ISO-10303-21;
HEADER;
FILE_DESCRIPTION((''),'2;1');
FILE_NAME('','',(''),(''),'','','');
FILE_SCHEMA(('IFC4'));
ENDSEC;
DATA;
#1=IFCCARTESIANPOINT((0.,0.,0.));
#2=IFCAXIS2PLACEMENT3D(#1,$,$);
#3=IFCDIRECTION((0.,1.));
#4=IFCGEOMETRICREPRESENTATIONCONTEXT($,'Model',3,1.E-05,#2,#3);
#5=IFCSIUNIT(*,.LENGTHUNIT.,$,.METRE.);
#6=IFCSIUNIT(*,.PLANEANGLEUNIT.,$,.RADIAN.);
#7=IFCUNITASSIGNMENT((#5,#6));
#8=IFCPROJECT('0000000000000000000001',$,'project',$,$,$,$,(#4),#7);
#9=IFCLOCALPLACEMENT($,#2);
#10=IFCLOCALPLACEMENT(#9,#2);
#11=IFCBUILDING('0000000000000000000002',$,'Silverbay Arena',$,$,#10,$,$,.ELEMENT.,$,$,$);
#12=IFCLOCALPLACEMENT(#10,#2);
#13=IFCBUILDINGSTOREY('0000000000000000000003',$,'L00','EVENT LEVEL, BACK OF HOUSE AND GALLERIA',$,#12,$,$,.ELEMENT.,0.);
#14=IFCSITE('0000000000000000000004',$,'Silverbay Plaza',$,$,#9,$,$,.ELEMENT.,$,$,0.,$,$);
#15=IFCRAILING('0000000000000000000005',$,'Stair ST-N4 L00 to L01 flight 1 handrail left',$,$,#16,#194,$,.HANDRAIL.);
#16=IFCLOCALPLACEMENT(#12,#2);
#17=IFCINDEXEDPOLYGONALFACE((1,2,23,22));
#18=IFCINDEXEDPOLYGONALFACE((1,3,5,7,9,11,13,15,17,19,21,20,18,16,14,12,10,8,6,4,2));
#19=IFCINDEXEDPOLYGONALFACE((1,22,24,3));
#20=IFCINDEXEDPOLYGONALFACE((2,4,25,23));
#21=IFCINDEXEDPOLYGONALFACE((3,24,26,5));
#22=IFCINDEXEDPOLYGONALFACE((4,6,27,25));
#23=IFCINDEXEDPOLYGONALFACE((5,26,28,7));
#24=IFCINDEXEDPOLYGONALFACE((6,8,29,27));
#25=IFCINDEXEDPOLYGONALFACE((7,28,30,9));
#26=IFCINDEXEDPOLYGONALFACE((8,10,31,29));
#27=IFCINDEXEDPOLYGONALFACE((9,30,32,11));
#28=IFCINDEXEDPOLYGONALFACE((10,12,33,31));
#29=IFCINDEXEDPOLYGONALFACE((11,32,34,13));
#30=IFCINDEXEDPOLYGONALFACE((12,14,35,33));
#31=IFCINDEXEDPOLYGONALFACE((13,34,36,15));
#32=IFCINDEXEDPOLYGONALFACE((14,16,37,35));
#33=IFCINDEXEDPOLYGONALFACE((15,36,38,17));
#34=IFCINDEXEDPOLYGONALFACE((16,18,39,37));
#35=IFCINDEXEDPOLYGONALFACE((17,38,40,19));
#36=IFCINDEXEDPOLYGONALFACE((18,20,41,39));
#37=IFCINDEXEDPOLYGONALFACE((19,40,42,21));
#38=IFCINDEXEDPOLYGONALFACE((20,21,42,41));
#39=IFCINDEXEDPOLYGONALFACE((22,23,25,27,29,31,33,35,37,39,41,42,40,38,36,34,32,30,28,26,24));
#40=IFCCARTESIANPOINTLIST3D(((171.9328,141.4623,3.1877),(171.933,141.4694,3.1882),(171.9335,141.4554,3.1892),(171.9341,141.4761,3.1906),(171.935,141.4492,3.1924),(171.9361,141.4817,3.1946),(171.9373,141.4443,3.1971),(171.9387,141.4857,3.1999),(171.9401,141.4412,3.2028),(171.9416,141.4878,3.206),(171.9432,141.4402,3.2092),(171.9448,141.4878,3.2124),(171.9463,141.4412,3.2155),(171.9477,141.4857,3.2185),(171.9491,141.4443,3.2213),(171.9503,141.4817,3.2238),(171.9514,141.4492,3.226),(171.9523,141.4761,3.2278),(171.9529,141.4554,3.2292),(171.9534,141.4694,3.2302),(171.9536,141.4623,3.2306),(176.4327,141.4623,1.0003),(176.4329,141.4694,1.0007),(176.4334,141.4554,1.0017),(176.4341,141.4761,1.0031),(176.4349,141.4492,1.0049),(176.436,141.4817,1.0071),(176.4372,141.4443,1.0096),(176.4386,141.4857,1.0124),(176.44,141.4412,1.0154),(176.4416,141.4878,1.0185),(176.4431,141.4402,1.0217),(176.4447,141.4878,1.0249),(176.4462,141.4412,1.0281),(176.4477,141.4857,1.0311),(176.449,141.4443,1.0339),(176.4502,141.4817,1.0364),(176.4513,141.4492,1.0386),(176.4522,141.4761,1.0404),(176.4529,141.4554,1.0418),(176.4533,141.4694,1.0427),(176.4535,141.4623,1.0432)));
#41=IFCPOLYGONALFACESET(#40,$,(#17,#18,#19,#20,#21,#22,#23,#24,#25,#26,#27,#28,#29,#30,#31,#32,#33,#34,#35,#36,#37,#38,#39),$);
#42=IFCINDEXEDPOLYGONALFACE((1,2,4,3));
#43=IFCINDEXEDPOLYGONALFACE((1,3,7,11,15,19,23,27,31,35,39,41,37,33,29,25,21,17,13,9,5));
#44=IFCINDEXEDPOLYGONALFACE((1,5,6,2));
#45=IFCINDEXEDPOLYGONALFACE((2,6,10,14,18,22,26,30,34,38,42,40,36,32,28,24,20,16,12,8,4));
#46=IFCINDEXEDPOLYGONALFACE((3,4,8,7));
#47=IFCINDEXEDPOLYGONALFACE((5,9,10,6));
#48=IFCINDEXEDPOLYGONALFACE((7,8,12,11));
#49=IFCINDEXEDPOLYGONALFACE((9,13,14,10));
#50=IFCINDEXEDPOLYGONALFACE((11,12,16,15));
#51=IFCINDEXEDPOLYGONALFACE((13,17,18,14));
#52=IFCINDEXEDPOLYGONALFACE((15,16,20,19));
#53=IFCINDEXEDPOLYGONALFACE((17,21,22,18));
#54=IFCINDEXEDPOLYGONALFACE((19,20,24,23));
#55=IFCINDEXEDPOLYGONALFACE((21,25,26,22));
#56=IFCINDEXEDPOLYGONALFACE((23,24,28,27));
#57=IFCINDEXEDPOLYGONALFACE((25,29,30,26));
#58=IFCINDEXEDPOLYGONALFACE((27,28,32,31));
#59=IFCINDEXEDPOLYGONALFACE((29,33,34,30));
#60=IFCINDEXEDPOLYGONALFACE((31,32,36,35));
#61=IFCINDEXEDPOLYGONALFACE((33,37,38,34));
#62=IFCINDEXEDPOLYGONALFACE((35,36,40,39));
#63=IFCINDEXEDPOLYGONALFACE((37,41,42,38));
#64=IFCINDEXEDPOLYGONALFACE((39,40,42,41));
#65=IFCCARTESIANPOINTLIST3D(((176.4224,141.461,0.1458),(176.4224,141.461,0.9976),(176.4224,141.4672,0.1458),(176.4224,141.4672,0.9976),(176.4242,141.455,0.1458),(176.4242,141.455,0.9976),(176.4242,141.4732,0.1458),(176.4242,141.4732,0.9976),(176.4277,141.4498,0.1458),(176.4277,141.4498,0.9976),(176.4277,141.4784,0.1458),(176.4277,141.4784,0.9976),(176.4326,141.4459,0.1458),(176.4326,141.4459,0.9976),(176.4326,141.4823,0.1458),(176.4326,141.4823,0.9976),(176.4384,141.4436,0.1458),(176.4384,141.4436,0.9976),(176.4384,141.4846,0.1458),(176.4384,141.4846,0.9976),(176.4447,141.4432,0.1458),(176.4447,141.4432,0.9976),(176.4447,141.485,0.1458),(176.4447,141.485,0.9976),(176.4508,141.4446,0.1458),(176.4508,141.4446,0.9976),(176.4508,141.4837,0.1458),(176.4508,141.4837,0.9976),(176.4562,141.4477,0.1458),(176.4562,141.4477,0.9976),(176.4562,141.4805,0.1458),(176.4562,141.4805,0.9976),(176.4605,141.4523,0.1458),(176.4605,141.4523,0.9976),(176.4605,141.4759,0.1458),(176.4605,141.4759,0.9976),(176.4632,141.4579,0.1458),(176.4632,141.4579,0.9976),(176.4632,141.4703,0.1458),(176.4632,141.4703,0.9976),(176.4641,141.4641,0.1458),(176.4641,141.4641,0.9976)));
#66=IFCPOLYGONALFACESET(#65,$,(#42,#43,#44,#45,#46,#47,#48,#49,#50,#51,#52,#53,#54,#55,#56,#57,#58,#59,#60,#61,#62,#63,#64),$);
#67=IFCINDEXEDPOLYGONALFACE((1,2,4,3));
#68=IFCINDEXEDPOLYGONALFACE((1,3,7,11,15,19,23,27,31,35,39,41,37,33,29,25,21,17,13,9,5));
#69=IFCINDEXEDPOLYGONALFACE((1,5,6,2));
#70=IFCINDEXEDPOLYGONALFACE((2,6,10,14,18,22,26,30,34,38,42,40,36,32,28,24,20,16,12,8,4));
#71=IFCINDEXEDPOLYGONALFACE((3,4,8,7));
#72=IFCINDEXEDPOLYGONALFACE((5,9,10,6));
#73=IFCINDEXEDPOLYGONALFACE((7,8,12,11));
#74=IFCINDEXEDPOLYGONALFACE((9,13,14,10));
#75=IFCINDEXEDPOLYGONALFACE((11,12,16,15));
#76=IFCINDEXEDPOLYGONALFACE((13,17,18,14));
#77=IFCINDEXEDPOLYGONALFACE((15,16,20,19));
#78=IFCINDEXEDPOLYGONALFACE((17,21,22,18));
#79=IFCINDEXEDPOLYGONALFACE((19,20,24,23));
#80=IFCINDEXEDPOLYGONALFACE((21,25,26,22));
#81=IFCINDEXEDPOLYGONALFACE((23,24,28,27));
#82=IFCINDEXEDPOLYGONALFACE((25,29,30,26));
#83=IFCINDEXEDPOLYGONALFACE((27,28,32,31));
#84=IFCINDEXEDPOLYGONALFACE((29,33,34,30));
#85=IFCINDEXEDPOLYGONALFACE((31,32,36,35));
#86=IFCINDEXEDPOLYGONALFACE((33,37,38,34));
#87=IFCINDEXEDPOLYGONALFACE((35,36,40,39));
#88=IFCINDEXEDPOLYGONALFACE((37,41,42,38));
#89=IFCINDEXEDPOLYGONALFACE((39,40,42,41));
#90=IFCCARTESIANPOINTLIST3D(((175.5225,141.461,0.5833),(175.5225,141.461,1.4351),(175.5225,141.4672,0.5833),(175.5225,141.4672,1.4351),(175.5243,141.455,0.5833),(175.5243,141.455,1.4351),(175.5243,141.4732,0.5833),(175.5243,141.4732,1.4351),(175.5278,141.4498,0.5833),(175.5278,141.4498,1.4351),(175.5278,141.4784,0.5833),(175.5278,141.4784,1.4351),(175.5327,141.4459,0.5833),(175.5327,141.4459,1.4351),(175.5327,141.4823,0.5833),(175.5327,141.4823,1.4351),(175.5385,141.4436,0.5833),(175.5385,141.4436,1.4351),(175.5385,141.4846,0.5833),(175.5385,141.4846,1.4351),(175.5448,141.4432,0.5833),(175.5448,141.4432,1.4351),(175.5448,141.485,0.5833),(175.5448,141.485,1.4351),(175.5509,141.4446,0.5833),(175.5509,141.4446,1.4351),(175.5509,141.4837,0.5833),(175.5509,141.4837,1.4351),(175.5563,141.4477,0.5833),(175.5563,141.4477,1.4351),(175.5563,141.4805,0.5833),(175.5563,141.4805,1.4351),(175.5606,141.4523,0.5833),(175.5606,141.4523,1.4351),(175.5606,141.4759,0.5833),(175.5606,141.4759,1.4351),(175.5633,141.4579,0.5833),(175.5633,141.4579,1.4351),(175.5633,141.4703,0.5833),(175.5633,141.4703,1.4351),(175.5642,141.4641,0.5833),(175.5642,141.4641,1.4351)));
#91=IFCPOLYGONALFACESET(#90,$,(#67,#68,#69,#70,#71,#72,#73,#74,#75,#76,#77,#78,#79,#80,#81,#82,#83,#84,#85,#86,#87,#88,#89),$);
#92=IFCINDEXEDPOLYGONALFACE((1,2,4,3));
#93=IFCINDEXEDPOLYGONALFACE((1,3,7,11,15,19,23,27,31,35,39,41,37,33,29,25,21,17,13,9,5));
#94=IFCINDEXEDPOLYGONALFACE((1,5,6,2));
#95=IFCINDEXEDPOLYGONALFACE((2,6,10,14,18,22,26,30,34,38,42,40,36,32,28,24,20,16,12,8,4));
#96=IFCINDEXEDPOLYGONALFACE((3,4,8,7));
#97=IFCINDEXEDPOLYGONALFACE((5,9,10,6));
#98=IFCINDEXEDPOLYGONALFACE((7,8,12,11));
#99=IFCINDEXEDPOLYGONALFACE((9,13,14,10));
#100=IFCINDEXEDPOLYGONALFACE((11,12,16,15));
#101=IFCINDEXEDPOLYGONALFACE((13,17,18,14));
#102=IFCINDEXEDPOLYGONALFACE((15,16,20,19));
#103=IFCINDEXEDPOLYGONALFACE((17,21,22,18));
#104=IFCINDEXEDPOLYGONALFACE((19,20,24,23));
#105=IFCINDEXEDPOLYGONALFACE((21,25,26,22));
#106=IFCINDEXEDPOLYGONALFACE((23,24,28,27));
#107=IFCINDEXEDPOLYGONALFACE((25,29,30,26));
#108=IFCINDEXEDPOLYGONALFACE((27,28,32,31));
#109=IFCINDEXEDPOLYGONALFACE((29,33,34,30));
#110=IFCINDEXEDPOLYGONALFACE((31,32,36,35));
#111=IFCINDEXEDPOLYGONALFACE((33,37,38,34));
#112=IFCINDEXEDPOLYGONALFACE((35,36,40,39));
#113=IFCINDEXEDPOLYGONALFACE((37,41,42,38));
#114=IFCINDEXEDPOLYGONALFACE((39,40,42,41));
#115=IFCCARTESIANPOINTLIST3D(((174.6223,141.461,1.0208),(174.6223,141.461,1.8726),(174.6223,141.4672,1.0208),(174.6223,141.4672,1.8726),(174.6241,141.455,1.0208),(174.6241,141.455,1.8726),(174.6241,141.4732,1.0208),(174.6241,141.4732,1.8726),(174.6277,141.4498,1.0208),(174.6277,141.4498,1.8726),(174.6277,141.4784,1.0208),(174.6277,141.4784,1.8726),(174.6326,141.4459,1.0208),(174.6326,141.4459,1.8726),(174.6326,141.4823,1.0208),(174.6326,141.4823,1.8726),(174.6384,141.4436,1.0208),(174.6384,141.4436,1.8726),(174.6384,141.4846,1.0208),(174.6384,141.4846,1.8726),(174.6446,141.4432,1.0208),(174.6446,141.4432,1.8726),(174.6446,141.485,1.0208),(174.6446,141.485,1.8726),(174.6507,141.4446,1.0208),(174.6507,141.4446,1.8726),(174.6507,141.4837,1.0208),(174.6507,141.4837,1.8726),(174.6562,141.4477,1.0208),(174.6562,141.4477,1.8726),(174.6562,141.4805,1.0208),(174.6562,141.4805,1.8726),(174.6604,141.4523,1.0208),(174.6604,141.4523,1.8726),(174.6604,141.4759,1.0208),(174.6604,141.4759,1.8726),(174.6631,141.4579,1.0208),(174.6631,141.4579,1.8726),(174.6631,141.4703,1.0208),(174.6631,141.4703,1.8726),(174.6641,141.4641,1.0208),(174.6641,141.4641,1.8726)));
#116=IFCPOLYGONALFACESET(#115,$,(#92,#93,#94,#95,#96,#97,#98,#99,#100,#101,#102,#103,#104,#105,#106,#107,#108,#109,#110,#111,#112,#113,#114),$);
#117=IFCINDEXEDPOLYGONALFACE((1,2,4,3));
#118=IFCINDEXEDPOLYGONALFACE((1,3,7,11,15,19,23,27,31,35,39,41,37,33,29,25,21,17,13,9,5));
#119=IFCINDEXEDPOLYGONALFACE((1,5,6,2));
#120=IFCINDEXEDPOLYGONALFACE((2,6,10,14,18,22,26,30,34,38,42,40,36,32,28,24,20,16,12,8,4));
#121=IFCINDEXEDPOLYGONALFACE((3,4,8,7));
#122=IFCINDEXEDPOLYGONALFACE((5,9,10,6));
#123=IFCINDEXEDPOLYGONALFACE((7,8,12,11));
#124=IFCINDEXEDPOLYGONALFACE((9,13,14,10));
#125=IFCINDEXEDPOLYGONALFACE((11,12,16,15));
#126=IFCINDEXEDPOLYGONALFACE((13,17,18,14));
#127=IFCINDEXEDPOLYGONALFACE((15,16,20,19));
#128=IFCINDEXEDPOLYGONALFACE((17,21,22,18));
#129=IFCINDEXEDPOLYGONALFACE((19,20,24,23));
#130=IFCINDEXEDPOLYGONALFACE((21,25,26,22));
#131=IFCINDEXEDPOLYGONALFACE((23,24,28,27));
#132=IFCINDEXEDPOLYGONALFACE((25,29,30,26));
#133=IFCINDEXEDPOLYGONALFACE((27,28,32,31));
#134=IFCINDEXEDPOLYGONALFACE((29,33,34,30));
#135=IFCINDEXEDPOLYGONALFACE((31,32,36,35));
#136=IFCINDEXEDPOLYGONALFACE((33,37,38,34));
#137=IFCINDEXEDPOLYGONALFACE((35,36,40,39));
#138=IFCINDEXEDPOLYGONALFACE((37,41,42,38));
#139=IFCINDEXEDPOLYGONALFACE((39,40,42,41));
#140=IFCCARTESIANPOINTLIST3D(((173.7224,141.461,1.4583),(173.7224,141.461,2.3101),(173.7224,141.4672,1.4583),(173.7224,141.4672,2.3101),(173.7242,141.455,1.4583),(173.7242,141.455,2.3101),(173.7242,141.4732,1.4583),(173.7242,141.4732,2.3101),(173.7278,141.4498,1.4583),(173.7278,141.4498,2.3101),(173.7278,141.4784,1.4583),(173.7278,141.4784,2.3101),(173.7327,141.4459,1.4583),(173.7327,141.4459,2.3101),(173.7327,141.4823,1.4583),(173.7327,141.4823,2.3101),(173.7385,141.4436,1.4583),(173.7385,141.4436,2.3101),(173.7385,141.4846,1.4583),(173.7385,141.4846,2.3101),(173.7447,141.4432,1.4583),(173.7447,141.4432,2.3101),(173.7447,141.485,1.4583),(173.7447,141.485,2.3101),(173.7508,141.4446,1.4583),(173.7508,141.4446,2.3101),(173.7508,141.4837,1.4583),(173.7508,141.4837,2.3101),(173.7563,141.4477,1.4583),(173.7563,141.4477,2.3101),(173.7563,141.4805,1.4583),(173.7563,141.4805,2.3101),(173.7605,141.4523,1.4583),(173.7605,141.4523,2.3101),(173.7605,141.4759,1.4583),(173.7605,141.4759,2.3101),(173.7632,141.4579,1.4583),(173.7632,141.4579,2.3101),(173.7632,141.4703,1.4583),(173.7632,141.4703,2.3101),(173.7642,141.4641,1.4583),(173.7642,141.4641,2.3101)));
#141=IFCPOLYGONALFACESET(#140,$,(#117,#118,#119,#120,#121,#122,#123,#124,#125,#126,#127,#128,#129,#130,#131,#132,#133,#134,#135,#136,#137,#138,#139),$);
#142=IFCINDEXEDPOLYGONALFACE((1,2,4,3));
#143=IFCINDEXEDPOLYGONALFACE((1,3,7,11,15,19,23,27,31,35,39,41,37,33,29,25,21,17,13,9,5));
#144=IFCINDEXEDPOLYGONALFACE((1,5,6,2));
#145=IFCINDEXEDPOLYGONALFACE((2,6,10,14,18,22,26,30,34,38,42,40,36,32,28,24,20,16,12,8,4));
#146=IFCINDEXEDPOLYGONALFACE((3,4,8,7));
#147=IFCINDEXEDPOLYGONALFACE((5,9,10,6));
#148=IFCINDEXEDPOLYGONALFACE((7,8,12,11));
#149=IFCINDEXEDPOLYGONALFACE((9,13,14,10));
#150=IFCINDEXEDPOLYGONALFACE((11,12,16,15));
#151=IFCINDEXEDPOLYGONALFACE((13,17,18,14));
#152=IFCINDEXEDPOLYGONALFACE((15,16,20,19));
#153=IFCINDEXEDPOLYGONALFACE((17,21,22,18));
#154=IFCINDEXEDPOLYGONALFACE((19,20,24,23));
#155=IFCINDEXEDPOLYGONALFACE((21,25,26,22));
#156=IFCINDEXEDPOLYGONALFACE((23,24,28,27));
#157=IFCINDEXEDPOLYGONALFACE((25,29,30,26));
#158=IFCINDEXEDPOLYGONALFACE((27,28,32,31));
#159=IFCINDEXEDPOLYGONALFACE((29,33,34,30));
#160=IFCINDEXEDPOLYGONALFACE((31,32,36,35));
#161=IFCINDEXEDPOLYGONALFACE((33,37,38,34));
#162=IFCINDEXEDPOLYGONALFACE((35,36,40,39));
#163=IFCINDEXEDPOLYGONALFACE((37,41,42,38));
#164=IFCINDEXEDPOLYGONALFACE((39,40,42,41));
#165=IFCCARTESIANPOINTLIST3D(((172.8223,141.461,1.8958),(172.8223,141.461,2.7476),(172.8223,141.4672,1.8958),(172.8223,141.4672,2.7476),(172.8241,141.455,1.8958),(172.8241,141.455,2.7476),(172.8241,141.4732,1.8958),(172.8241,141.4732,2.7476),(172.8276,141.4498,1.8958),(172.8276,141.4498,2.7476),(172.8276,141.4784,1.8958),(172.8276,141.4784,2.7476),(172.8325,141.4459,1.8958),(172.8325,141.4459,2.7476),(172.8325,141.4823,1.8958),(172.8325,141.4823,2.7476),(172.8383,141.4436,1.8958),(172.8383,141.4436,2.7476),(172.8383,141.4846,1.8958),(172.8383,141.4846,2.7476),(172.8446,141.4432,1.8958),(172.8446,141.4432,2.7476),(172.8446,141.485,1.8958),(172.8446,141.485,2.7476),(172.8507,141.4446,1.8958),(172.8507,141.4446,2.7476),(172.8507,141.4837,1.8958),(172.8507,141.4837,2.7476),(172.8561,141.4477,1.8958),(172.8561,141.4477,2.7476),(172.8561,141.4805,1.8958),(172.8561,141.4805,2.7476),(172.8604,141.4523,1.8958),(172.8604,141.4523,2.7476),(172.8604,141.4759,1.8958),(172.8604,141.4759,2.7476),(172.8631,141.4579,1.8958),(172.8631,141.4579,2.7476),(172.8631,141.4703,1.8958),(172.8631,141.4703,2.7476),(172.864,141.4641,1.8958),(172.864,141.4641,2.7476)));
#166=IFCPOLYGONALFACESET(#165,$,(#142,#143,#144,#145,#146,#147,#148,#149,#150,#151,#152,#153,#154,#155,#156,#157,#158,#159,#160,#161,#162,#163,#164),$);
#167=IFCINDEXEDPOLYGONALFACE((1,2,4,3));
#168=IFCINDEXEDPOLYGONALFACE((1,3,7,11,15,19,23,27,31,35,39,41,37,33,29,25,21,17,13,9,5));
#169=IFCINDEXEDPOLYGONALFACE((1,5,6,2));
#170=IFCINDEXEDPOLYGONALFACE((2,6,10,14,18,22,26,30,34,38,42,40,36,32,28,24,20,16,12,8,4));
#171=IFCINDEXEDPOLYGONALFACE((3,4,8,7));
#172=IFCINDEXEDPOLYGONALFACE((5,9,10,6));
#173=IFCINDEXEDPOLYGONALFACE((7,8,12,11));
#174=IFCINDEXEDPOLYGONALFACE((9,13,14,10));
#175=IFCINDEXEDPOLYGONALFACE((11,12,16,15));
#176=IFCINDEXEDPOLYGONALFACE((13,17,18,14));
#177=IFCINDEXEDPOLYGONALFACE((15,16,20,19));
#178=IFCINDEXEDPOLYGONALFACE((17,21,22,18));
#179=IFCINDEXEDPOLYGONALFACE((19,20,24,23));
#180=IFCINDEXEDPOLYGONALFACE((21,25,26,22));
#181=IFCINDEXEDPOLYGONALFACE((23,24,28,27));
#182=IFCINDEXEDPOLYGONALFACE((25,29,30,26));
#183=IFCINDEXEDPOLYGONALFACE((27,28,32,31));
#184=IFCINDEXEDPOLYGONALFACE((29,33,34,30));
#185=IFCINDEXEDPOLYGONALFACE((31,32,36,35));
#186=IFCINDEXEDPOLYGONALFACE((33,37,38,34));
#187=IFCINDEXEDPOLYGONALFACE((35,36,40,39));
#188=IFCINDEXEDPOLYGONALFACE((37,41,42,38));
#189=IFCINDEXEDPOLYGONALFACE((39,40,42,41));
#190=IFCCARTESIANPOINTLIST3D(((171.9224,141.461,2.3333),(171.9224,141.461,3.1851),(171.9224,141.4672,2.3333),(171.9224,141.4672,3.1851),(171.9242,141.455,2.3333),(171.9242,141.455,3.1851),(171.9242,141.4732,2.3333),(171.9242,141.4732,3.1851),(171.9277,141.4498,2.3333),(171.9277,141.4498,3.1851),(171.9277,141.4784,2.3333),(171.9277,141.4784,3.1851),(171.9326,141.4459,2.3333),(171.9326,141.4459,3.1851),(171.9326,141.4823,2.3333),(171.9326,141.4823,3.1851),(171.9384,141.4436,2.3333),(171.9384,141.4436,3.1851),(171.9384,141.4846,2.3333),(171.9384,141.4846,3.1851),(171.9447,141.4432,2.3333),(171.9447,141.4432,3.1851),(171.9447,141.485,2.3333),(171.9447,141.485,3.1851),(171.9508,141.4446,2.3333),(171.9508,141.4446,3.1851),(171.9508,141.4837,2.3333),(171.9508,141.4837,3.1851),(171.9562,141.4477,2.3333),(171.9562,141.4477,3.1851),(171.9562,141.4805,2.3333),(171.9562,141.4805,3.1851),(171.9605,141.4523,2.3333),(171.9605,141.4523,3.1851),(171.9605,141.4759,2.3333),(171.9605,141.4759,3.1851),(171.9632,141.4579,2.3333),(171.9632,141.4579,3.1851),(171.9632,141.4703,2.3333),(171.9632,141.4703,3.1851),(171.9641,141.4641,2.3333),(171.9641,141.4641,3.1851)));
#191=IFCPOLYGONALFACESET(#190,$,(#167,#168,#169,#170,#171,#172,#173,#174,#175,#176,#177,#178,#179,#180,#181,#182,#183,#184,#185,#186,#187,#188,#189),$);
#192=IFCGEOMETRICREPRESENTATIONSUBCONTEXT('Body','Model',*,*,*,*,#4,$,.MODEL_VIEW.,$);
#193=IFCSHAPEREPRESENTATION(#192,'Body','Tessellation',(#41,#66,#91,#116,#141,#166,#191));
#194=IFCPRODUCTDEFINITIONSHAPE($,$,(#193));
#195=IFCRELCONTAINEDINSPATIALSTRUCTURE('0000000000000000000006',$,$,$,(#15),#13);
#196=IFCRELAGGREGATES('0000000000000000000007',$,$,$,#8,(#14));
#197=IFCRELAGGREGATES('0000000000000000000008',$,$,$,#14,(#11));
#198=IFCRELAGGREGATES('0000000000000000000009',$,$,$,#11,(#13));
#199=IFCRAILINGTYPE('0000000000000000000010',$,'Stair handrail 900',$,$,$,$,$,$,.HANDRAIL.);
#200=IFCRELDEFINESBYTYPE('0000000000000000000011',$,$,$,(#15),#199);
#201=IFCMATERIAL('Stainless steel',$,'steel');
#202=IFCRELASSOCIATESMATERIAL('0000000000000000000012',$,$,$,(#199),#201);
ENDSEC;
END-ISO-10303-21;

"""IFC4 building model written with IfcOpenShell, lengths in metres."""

from ifc_helpers import new_model, si_unit, direction, frame, origin, origin_2d, place, context, subcontext, project, spatial, circle, extrude, material, type_object, element, save


model = new_model("IFC4")

# Units and contexts
model_context = context("Model", 3, precision=1e-05, world=origin(), true_north=direction((0.0, 1.0)))
body_context = subcontext(model_context, "Body", "Model", "MODEL_VIEW")
ifc_project = project(units=[si_unit("LENGTHUNIT", "METRE"), si_unit("PLANEANGLEUNIT", "RADIAN")], contexts=[model_context])

# Site, building, storey
site_placement = place(None, origin())
site = spatial("IfcSite", under=ifc_project, at=site_placement, Name="Silverbay Plaza", CompositionType="ELEMENT", RefElevation=0.0)
building_placement = place(site_placement, origin())
building = spatial("IfcBuilding", under=site, at=building_placement, Name="Silverbay Arena", CompositionType="ELEMENT")
storey_placement = place(building_placement, origin())
storey = spatial("IfcBuildingStorey", under=building, at=storey_placement, Name="L00", Description="EVENT LEVEL, BACK OF HOUSE AND GALLERIA", CompositionType="ELEMENT", Elevation=0.0)

# Railing
ifc_material_1 = material(Name="Stainless steel", Category="steel")
railing_type_1 = type_object("IfcRailingType", Name="Stair handrail 900", PredefinedType="HANDRAIL", material=ifc_material_1)
for number, where, name in (
    (1, (176.4431, 141.4641, 0.1458), "Stair ST-N4 L00 to L01 flight 1 handrail left"),
):
    element("IfcRailing", number, at=place(storey_placement, frame(where)), inside=storey, type_object=railing_type_1, Name=name, PredefinedType="HANDRAIL", context=body_context, shape_type="SweptSolid", body=[
        extrude(circle(Radius=0.0239, at=origin_2d()), frame((0.0, 0.0, 0.876), z_axis=(-0.899368, 0.0, 0.437193), x_axis=(0.0, -1.0, 0.0)), (0.0, 0.0, 1.0), 5.0034),
        extrude(circle(Radius=0.021, at=origin_2d()), origin(), (0.0, 0.0, 1.0), 0.8518),
        extrude(circle(Radius=0.021, at=origin_2d()), frame((-0.8999, 0.0, 0.4375)), (0.0, 0.0, 1.0), 0.8518),
        extrude(circle(Radius=0.021, at=origin_2d()), frame((-1.8, 0.0, 0.875)), (0.0, 0.0, 1.0), 0.8518),
        extrude(circle(Radius=0.021, at=origin_2d()), frame((-2.7, 0.0, 1.3125)), (0.0, 0.0, 1.0), 0.8518),
        extrude(circle(Radius=0.021, at=origin_2d()), frame((-3.6001, 0.0, 1.75)), (0.0, 0.0, 1.0), 0.8518),
        extrude(circle(Radius=0.021, at=origin_2d()), frame((-4.5, 0.0, 2.1875)), (0.0, 0.0, 1.0), 0.8518),
    ])

save(model, "model.ifc")
